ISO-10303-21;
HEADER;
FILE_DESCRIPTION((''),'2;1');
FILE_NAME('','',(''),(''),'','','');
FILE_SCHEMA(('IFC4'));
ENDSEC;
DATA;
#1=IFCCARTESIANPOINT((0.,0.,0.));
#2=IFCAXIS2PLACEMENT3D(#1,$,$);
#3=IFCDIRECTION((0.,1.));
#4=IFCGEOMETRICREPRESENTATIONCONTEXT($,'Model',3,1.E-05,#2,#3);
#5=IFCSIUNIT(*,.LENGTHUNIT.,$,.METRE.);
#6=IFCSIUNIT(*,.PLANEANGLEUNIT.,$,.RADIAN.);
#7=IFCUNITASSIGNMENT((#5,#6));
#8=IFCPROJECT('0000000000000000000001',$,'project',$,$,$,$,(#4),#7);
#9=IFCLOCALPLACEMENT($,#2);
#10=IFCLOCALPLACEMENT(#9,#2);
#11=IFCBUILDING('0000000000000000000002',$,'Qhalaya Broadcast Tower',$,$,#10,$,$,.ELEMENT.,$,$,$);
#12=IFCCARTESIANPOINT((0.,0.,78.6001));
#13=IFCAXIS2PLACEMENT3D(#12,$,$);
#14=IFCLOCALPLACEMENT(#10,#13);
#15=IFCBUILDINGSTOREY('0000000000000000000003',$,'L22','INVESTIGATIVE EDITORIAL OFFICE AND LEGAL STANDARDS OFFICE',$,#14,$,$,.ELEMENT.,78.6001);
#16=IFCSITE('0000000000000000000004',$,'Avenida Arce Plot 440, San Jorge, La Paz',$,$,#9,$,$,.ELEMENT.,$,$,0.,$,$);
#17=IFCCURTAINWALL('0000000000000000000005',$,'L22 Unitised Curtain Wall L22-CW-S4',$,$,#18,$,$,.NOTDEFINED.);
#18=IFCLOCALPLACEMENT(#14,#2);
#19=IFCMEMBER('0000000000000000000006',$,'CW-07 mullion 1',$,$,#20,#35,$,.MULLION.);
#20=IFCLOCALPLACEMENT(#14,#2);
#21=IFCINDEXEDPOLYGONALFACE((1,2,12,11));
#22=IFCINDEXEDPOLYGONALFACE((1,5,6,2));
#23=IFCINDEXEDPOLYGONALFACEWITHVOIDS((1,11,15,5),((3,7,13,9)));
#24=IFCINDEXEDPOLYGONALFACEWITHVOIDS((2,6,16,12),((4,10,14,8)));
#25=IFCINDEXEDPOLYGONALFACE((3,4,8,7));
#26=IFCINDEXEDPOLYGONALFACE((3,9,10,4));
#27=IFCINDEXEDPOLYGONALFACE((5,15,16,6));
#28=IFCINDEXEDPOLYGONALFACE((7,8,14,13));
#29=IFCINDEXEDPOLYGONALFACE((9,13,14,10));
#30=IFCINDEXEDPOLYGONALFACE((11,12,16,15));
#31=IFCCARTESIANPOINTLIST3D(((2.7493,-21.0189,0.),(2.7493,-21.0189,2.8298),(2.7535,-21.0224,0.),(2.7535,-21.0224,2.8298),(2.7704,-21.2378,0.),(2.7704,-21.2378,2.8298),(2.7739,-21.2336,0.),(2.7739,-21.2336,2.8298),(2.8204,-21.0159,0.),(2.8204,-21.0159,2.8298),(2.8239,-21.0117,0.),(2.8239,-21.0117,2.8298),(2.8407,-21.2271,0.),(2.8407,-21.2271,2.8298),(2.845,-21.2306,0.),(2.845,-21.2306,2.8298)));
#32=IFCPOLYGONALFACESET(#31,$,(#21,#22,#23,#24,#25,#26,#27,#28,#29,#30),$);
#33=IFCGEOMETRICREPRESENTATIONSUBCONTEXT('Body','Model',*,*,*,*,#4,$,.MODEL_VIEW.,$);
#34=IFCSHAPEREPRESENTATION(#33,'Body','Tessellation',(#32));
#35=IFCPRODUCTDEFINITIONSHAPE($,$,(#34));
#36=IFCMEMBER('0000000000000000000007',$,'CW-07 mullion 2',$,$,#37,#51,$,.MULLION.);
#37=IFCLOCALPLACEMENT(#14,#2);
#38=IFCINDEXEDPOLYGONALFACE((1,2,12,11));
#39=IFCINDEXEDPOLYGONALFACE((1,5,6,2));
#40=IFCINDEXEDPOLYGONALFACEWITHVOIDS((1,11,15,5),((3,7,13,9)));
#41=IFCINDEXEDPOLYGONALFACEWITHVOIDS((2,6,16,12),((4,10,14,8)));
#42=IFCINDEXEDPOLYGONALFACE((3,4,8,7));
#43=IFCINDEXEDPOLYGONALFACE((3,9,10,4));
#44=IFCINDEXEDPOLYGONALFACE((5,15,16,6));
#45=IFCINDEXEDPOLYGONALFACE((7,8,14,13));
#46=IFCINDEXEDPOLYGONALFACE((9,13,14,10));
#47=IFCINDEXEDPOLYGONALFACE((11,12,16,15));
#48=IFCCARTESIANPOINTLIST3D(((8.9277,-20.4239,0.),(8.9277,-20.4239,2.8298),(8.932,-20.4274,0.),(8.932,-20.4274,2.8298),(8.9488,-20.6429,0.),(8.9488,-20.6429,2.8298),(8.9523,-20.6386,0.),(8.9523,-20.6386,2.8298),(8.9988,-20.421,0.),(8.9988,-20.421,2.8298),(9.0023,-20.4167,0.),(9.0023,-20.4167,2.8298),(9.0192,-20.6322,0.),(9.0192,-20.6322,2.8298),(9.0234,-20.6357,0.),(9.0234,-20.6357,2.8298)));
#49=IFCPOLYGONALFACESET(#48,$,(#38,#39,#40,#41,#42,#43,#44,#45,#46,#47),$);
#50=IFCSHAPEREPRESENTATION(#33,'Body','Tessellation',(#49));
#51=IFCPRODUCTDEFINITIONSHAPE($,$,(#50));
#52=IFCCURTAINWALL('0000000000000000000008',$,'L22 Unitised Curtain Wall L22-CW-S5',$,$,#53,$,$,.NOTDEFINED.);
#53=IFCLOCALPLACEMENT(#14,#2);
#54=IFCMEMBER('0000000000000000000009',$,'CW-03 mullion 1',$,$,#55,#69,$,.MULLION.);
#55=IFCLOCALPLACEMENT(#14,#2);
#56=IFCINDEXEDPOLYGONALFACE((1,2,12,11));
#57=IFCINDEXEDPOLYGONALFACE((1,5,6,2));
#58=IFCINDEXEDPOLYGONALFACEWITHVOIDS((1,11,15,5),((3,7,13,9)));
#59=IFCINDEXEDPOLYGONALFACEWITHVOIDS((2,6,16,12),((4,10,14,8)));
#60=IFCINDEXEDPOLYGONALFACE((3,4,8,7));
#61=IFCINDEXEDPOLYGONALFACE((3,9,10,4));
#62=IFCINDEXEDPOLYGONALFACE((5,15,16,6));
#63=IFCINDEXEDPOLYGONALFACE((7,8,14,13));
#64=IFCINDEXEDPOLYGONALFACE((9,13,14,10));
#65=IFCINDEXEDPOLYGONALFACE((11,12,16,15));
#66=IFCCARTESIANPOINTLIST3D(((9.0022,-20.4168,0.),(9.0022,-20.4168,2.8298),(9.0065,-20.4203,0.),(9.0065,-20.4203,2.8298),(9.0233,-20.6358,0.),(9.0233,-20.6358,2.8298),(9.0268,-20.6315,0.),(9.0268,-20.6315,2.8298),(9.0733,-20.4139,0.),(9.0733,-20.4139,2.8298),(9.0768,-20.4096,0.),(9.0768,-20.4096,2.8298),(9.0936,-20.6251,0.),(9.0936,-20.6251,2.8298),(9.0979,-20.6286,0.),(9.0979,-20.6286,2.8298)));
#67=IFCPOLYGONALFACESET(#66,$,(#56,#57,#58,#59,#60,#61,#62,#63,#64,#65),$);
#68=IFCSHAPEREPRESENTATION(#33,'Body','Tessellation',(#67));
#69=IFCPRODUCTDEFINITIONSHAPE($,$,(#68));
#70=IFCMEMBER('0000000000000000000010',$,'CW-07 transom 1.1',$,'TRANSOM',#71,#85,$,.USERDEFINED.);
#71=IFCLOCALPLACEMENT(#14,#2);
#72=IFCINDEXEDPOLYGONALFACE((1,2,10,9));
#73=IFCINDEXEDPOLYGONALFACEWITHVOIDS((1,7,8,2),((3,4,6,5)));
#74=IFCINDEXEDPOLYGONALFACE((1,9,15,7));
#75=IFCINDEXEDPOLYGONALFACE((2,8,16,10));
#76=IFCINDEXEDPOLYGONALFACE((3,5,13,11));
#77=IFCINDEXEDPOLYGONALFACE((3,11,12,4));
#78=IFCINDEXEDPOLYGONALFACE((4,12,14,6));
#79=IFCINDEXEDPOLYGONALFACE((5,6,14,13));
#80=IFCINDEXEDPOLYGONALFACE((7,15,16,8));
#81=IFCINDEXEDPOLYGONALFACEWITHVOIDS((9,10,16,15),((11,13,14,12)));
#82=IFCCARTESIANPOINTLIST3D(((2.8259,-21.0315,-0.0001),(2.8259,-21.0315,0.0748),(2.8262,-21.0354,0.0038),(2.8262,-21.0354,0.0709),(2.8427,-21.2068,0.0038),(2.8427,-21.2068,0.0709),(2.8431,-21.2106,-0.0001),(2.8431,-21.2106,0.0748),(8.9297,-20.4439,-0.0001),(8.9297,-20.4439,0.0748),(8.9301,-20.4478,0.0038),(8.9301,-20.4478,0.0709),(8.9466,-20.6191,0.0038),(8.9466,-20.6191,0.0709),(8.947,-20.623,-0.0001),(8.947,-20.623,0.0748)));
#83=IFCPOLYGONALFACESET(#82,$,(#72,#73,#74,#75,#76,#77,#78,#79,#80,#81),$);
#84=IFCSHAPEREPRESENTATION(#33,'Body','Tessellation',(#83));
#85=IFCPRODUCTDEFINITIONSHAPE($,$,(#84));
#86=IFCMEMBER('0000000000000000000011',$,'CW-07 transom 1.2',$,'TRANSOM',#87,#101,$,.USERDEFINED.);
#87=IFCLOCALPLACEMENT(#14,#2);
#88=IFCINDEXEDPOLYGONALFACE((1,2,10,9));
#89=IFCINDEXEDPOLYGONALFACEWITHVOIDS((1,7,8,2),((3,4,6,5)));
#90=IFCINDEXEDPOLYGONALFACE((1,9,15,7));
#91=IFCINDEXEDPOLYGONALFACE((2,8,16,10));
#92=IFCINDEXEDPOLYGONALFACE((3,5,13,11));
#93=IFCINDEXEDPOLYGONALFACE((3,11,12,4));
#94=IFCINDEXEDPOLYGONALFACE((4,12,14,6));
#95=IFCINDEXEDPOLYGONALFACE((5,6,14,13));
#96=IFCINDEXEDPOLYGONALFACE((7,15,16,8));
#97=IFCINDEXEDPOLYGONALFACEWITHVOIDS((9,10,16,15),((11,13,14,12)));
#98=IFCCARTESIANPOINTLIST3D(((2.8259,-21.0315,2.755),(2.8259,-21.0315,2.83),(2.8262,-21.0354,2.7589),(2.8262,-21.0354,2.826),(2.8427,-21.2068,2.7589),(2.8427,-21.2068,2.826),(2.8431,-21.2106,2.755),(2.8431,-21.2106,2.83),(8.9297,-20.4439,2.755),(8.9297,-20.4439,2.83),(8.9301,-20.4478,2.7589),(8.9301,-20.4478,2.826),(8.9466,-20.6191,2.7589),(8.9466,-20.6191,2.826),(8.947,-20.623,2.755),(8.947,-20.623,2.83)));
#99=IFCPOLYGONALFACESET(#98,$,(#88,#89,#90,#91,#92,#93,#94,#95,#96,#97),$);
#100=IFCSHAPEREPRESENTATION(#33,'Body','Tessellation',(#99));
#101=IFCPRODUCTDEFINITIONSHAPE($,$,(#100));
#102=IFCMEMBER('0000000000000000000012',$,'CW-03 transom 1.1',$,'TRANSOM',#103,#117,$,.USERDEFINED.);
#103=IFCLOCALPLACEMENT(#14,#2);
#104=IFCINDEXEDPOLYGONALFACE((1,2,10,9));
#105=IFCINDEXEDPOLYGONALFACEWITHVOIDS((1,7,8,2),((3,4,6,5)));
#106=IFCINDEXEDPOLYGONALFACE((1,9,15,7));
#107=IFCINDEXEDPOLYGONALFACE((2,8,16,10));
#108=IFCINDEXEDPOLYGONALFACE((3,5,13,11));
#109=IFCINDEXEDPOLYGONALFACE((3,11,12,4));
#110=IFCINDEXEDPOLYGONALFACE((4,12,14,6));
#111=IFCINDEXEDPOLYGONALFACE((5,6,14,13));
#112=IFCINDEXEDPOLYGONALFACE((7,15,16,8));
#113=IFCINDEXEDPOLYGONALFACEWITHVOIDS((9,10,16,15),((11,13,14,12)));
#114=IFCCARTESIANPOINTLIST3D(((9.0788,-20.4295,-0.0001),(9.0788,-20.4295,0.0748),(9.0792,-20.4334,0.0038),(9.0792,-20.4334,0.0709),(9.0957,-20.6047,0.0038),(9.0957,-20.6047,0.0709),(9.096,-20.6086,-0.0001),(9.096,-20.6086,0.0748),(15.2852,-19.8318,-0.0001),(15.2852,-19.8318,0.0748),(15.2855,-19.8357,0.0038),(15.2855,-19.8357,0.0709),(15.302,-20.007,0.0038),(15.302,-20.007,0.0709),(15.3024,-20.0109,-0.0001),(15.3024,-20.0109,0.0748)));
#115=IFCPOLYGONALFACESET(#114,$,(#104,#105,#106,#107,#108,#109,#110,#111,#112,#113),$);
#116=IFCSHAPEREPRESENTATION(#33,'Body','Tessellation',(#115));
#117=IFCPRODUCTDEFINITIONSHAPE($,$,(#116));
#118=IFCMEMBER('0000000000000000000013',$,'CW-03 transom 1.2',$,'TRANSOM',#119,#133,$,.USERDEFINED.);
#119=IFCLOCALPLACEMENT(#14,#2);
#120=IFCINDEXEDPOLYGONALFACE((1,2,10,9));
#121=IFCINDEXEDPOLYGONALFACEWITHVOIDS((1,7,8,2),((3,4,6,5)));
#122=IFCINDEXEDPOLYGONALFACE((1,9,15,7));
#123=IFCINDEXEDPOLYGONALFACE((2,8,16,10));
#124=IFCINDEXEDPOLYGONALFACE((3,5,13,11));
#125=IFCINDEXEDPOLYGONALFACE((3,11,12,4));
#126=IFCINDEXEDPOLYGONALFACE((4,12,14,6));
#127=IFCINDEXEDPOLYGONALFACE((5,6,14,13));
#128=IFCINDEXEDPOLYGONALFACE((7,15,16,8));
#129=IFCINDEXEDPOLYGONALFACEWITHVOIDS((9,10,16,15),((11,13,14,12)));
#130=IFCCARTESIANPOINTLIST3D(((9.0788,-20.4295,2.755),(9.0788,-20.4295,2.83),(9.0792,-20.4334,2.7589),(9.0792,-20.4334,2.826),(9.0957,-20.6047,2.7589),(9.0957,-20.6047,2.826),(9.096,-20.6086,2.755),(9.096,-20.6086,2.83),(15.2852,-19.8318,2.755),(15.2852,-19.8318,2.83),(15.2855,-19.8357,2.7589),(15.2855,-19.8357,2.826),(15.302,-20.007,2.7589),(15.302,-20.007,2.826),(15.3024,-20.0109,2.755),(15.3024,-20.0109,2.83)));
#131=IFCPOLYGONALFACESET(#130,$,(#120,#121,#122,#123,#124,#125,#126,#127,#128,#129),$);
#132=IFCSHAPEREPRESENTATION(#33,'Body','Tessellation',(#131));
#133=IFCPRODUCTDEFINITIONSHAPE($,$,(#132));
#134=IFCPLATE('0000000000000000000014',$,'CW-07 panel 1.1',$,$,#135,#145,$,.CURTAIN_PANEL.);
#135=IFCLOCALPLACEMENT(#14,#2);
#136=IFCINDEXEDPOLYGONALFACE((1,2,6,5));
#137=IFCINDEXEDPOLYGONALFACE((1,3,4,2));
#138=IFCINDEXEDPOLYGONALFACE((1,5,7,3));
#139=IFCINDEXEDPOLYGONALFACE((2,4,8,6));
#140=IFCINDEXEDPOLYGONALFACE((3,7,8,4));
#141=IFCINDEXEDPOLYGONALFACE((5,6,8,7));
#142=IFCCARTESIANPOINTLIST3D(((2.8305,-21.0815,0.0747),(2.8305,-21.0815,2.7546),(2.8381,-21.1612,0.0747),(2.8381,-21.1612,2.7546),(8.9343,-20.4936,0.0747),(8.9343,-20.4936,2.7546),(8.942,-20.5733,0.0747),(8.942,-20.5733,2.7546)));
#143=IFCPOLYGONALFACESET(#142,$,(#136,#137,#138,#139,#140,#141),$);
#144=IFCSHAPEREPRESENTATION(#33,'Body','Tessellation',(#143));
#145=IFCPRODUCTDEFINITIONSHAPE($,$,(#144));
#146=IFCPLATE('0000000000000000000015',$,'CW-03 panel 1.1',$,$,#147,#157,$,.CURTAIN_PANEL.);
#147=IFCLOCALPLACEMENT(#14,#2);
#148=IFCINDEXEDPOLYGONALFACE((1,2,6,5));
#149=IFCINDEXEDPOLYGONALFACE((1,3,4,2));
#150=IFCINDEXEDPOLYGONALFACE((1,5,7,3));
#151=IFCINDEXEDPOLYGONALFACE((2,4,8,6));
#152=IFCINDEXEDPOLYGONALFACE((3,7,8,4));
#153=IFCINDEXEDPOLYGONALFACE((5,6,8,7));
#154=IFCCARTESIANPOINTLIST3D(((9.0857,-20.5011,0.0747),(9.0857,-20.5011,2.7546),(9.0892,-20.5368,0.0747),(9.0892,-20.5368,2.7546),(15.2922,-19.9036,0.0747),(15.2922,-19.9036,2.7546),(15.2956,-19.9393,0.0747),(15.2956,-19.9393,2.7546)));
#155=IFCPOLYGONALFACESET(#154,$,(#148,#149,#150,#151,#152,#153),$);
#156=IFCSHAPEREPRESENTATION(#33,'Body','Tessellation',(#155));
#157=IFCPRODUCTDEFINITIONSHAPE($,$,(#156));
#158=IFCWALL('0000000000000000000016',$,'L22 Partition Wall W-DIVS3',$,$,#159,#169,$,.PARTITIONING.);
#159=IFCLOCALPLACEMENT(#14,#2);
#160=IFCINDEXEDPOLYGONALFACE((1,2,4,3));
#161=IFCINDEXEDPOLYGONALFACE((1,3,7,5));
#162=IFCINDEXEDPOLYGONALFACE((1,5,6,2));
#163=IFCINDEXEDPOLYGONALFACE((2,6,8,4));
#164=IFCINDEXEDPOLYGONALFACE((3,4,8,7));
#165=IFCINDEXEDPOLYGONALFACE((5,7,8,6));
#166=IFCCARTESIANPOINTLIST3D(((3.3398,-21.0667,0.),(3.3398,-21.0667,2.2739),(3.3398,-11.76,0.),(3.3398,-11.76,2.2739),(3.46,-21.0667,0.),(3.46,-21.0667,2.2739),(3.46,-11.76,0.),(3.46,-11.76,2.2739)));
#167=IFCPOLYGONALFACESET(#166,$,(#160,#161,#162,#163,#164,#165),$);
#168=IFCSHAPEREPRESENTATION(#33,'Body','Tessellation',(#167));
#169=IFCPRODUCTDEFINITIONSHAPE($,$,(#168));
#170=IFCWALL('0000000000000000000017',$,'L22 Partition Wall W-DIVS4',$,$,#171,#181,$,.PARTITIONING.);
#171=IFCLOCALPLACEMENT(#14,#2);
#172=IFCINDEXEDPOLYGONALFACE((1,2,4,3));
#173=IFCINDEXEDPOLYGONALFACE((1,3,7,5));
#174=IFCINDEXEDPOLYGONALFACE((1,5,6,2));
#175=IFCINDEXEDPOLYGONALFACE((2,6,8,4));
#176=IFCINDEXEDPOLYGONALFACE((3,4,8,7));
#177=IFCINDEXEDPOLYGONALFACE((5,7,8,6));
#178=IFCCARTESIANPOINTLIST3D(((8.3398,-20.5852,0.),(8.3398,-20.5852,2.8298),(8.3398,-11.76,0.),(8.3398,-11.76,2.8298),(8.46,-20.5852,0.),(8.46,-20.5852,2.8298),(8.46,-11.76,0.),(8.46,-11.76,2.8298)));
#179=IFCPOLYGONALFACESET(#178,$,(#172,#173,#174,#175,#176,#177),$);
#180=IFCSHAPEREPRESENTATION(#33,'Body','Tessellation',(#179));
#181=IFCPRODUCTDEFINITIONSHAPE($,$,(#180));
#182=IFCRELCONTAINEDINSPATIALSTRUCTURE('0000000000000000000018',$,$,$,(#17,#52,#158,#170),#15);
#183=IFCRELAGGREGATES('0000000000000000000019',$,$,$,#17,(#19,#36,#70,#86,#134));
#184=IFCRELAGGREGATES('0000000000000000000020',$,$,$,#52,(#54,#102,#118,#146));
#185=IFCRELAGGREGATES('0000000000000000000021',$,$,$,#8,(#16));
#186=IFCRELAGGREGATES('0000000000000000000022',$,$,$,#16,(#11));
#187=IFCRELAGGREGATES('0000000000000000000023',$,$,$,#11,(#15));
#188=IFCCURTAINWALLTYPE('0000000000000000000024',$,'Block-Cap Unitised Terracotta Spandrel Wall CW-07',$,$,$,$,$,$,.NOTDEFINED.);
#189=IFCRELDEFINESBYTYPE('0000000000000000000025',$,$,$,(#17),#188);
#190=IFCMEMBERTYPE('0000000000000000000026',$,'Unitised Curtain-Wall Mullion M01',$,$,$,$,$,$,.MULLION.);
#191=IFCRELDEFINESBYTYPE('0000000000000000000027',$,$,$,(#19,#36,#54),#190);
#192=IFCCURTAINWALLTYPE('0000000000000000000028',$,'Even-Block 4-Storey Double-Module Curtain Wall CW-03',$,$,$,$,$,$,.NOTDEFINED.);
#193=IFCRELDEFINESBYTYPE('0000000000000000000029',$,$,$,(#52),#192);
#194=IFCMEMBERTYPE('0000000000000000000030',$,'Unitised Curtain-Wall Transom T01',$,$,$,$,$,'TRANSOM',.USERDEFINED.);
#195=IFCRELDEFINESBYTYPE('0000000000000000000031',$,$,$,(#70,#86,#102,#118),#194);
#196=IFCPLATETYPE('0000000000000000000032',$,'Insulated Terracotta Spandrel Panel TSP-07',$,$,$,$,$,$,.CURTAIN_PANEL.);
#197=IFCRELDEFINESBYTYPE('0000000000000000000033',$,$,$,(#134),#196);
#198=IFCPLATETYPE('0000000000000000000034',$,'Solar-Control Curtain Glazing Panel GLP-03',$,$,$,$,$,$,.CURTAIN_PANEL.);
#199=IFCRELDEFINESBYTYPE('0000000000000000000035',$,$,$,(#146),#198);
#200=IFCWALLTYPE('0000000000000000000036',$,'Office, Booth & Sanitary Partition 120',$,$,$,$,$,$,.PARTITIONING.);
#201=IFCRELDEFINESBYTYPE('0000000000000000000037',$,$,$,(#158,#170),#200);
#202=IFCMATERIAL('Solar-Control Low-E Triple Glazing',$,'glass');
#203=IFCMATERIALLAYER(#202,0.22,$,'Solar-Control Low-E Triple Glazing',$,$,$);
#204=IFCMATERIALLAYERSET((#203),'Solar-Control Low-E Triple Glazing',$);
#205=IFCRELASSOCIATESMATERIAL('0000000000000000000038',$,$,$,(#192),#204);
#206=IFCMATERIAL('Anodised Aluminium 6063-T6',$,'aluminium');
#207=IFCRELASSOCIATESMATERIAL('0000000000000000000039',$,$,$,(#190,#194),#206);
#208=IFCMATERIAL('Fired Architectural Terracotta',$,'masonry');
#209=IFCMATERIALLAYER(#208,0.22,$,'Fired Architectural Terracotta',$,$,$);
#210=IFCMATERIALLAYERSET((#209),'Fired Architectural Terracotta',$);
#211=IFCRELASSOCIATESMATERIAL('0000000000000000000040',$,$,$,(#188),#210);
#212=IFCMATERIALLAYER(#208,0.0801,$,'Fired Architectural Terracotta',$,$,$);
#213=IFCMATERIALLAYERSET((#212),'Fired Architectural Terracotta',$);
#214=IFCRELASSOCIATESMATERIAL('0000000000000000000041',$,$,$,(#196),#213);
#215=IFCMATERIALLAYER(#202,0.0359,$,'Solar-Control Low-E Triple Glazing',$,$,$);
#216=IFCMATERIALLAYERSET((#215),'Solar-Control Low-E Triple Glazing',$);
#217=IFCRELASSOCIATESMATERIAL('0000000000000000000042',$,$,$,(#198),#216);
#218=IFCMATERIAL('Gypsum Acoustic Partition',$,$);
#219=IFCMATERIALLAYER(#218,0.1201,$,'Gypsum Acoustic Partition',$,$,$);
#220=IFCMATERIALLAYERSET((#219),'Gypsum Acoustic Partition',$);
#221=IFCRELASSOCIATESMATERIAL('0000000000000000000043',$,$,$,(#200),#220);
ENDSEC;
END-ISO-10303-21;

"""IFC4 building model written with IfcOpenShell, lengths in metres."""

from ifc_helpers import new_model, si_unit, direction, frame, frame_2d, origin, origin_2d, place, context, subcontext, project, spatial, rectangle, hollow_rectangle, extrude, material, layer, layer_set, material_profile, profile_set, type_object, element, aggregate, save


model = new_model("IFC4")

# Units and contexts
model_context = context("Model", 3, precision=1e-05, world=origin(), true_north=direction((0.0, 1.0)))
body_context = subcontext(model_context, "Body", "Model", "MODEL_VIEW")
ifc_project = project(units=[si_unit("LENGTHUNIT", "METRE"), si_unit("PLANEANGLEUNIT", "RADIAN")], contexts=[model_context])

# Site, building, storey
site_placement = place(None, origin())
site = spatial("IfcSite", under=ifc_project, at=site_placement, Name="Avenida Arce Plot 440, San Jorge, La Paz", CompositionType="ELEMENT", RefElevation=0.0)
building_placement = place(site_placement, origin())
building = spatial("IfcBuilding", under=site, at=building_placement, Name="Qhalaya Broadcast Tower", CompositionType="ELEMENT")
storey_placement = place(building_placement, frame((0.0, 0.0, 78.6001)))
storey = spatial("IfcBuildingStorey", under=building, at=storey_placement, Name="L22", Description="INVESTIGATIVE EDITORIAL OFFICE AND LEGAL STANDARDS OFFICE", CompositionType="ELEMENT", Elevation=78.6001)

# Shared definitions
ifc_material_1 = material(Name="Solar-Control Low-E Triple Glazing", Category="glass")
ifc_layer_1 = layer(ifc_material_1, 0.22, Name="Solar-Control Low-E Triple Glazing")
ifc_layer_set_1 = layer_set([ifc_layer_1], Name="Solar-Control Low-E Triple Glazing")
curtain_wall_type_1 = type_object("IfcCurtainWallType", Name="Even-Block 4-Storey Double-Module Curtain Wall CW-03", PredefinedType="NOTDEFINED", material=ifc_layer_set_1)
ifc_material_2 = material(Name="Anodised Aluminium 6063-T6", Category="aluminium")
ifc_material_profile_1 = material_profile(ifc_material_2, hollow_rectangle(XDim=0.075, YDim=0.22, WallThickness=0.0039, at=origin_2d()), Name="ALU-MUL 75x220x4")
ifc_profile_set_1 = profile_set([ifc_material_profile_1], Name="Anodised Aluminium 6063-T6")
member_type_1 = type_object("IfcMemberType", Name="Unitised Curtain-Wall Mullion M01", PredefinedType="MULLION", material=ifc_profile_set_1)

# Curtain wall, members
ifc_material_3 = material(Name="Fired Architectural Terracotta", Category="masonry")
ifc_layer_2 = layer(ifc_material_3, 0.22, Name="Fired Architectural Terracotta")
ifc_layer_set_2 = layer_set([ifc_layer_2], Name="Fired Architectural Terracotta")
curtain_wall_type_2 = type_object("IfcCurtainWallType", Name="Block-Cap Unitised Terracotta Spandrel Wall CW-07", PredefinedType="NOTDEFINED", material=ifc_layer_set_2)
curtain_wall_1_placement = place(storey_placement, origin())
curtain_wall_1 = element("IfcCurtainWall", 1, at=curtain_wall_1_placement, inside=storey, type_object=curtain_wall_type_2, Name="L22 Unitised Curtain Wall L22-CW-S4", PredefinedType="NOTDEFINED")
member_1_placement = place(storey_placement, frame((2.7971, -21.1248, 0.0), z_axis=(0.0, 0.0, 1.0), x_axis=(0.995395, 0.095861, 0.0)))
member_1 = element("IfcMember", 2, at=member_1_placement, type_object=member_type_1, Name="CW-07 mullion 1", PredefinedType="MULLION", context=body_context, shape_type="SweptSolid", body=[
    extrude(hollow_rectangle(XDim=0.075, YDim=0.22, WallThickness=0.0039, at=origin_2d()), origin(), (0.0, 0.0, 1.0), 2.8298),
])
member_2_placement = place(storey_placement, frame((8.9756, -20.5298, 0.0), z_axis=(0.0, 0.0, 1.0), x_axis=(0.995395, 0.095861, 0.0)))
member_2 = element("IfcMember", 3, at=member_2_placement, type_object=member_type_1, Name="CW-07 mullion 2", PredefinedType="MULLION", context=body_context, shape_type="SweptSolid", body=[
    extrude(hollow_rectangle(XDim=0.075, YDim=0.22, WallThickness=0.0039, at=origin_2d()), origin(), (0.0, 0.0, 1.0), 2.8298),
])

# Curtain wall, member
curtain_wall_2_placement = place(storey_placement, origin())
curtain_wall_2 = element("IfcCurtainWall", 4, at=curtain_wall_2_placement, inside=storey, type_object=curtain_wall_type_1, Name="L22 Unitised Curtain Wall L22-CW-S5", PredefinedType="NOTDEFINED")
member_3_placement = place(storey_placement, frame((9.05, -20.5227, 0.0), z_axis=(0.0, 0.0, 1.0), x_axis=(0.995397, 0.095834, 0.0)))
member_3 = element("IfcMember", 5, at=member_3_placement, type_object=member_type_1, Name="CW-03 mullion 1", PredefinedType="MULLION", context=body_context, shape_type="SweptSolid", body=[
    extrude(hollow_rectangle(XDim=0.075, YDim=0.22, WallThickness=0.0039, at=origin_2d()), origin(), (0.0, 0.0, 1.0), 2.8298),
])

# Members
ifc_material_profile_2 = material_profile(ifc_material_2, hollow_rectangle(XDim=0.075, YDim=0.1799, WallThickness=0.0039, at=origin_2d()), Name="ALU-TRN 75x180x4")
ifc_profile_set_2 = profile_set([ifc_material_profile_2], Name="Anodised Aluminium 6063-T6")
member_type_2 = type_object("IfcMemberType", Name="Unitised Curtain-Wall Transom T01", ElementType="TRANSOM", PredefinedType="USERDEFINED", material=ifc_profile_set_2)
member_4_placement = place(storey_placement, frame((2.8345, -21.1211, 0.0374), z_axis=(0.995397, 0.095833, 0.0), x_axis=(0.0, 0.0, 1.0)))
member_4 = element("IfcMember", 6, at=member_4_placement, type_object=member_type_2, Name="CW-07 transom 1.1", ObjectType="TRANSOM", PredefinedType="USERDEFINED", context=body_context, shape_type="SweptSolid", body=[
    extrude(hollow_rectangle(XDim=0.075, YDim=0.1799, WallThickness=0.0039, at=origin_2d()), origin(), (0.0, 0.0, 1.0), 6.1321),
])
member_5_placement = place(storey_placement, frame((2.8345, -21.1211, 2.7925), z_axis=(0.995397, 0.095833, 0.0), x_axis=(0.0, 0.0, 1.0)))
member_5 = element("IfcMember", 7, at=member_5_placement, type_object=member_type_2, Name="CW-07 transom 1.2", ObjectType="TRANSOM", PredefinedType="USERDEFINED", context=body_context, shape_type="SweptSolid", body=[
    extrude(hollow_rectangle(XDim=0.075, YDim=0.1799, WallThickness=0.0039, at=origin_2d()), origin(), (0.0, 0.0, 1.0), 6.1321),
])
member_6_placement = place(storey_placement, frame((9.0874, -20.519, 0.0374), z_axis=(0.995395, 0.095855, 0.0), x_axis=(0.0, 0.0, 1.0)))
member_6 = element("IfcMember", 8, at=member_6_placement, type_object=member_type_2, Name="CW-03 transom 1.1", ObjectType="TRANSOM", PredefinedType="USERDEFINED", context=body_context, shape_type="SweptSolid", body=[
    extrude(hollow_rectangle(XDim=0.075, YDim=0.1799, WallThickness=0.0039, at=origin_2d()), origin(), (0.0, 0.0, 1.0), 6.2351),
])
member_7_placement = place(storey_placement, frame((9.0874, -20.519, 2.7925), z_axis=(0.995395, 0.095855, 0.0), x_axis=(0.0, 0.0, 1.0)))
member_7 = element("IfcMember", 9, at=member_7_placement, type_object=member_type_2, Name="CW-03 transom 1.2", ObjectType="TRANSOM", PredefinedType="USERDEFINED", context=body_context, shape_type="SweptSolid", body=[
    extrude(hollow_rectangle(XDim=0.075, YDim=0.1799, WallThickness=0.0039, at=origin_2d()), origin(), (0.0, 0.0, 1.0), 6.2351),
])

# Plates
ifc_layer_3 = layer(ifc_material_3, 0.0801, Name="Fired Architectural Terracotta")
ifc_layer_set_3 = layer_set([ifc_layer_3], Name="Fired Architectural Terracotta")
plate_type_1 = type_object("IfcPlateType", Name="Insulated Terracotta Spandrel Panel TSP-07", PredefinedType="CURTAIN_PANEL", material=ifc_layer_set_3)
plate_1_placement = place(storey_placement, frame((5.8862, -20.8274, 0.0747), z_axis=(0.0, 0.0, 1.0), x_axis=(0.995395, 0.095861, 0.0)))
plate_1 = element("IfcPlate", 10, at=plate_1_placement, type_object=plate_type_1, Name="CW-07 panel 1.1", PredefinedType="CURTAIN_PANEL", context=body_context, shape_type="SweptSolid", body=[
    extrude(rectangle(XDim=6.1321, YDim=0.0801, at=origin_2d()), origin(), (0.0, 0.0, 1.0), 2.6799),
])
aggregate(curtain_wall_1, [member_1, member_2, member_4, member_5, plate_1])
ifc_layer_4 = layer(ifc_material_1, 0.0359, Name="Solar-Control Low-E Triple Glazing")
ifc_layer_set_4 = layer_set([ifc_layer_4], Name="Solar-Control Low-E Triple Glazing")
plate_type_2 = type_object("IfcPlateType", Name="Solar-Control Curtain Glazing Panel GLP-03", PredefinedType="CURTAIN_PANEL", material=ifc_layer_set_4)
plate_2_placement = place(storey_placement, frame((12.1907, -20.2202, 0.0747), z_axis=(0.0, 0.0, 1.0), x_axis=(0.995397, 0.095834, 0.0)))
plate_2 = element("IfcPlate", 11, at=plate_2_placement, type_object=plate_type_2, Name="CW-03 panel 1.1", PredefinedType="CURTAIN_PANEL", context=body_context, shape_type="SweptSolid", body=[
    extrude(rectangle(XDim=6.2351, YDim=0.0359, at=origin_2d()), origin(), (0.0, 0.0, 1.0), 2.6799),
])
aggregate(curtain_wall_2, [member_3, member_6, member_7, plate_2])

# Walls
ifc_material_4 = material(Name="Gypsum Acoustic Partition")
ifc_layer_5 = layer(ifc_material_4, 0.1201, Name="Gypsum Acoustic Partition")
ifc_layer_set_5 = layer_set([ifc_layer_5], Name="Gypsum Acoustic Partition")
wall_type = type_object("IfcWallType", Name="Office, Booth & Sanitary Partition 120", PredefinedType="PARTITIONING", material=ifc_layer_set_5)
wall_1_placement = place(storey_placement, frame((3.3999, -21.0667, 0.0), z_axis=(0.0, 0.0, 1.0), x_axis=(0.0, 1.0, 0.0)))
element("IfcWall", 12, at=wall_1_placement, inside=storey, type_object=wall_type, Name="L22 Partition Wall W-DIVS3", PredefinedType="PARTITIONING", context=body_context, shape_type="SweptSolid", body=[
    extrude(rectangle(XDim=9.3066, YDim=0.1201, at=frame_2d((4.6533, 0.0))), origin(), (0.0, 0.0, 1.0), 2.2739),
])
wall_2_placement = place(storey_placement, frame((8.3999, -20.5852, 0.0), z_axis=(0.0, 0.0, 1.0), x_axis=(0.0, 1.0, 0.0)))
element("IfcWall", 13, at=wall_2_placement, inside=storey, type_object=wall_type, Name="L22 Partition Wall W-DIVS4", PredefinedType="PARTITIONING", context=body_context, shape_type="SweptSolid", body=[
    extrude(rectangle(XDim=8.8252, YDim=0.1201, at=frame_2d((4.4126, 0.0))), origin(), (0.0, 0.0, 1.0), 2.8298),
])

save(model, "model.ifc")
